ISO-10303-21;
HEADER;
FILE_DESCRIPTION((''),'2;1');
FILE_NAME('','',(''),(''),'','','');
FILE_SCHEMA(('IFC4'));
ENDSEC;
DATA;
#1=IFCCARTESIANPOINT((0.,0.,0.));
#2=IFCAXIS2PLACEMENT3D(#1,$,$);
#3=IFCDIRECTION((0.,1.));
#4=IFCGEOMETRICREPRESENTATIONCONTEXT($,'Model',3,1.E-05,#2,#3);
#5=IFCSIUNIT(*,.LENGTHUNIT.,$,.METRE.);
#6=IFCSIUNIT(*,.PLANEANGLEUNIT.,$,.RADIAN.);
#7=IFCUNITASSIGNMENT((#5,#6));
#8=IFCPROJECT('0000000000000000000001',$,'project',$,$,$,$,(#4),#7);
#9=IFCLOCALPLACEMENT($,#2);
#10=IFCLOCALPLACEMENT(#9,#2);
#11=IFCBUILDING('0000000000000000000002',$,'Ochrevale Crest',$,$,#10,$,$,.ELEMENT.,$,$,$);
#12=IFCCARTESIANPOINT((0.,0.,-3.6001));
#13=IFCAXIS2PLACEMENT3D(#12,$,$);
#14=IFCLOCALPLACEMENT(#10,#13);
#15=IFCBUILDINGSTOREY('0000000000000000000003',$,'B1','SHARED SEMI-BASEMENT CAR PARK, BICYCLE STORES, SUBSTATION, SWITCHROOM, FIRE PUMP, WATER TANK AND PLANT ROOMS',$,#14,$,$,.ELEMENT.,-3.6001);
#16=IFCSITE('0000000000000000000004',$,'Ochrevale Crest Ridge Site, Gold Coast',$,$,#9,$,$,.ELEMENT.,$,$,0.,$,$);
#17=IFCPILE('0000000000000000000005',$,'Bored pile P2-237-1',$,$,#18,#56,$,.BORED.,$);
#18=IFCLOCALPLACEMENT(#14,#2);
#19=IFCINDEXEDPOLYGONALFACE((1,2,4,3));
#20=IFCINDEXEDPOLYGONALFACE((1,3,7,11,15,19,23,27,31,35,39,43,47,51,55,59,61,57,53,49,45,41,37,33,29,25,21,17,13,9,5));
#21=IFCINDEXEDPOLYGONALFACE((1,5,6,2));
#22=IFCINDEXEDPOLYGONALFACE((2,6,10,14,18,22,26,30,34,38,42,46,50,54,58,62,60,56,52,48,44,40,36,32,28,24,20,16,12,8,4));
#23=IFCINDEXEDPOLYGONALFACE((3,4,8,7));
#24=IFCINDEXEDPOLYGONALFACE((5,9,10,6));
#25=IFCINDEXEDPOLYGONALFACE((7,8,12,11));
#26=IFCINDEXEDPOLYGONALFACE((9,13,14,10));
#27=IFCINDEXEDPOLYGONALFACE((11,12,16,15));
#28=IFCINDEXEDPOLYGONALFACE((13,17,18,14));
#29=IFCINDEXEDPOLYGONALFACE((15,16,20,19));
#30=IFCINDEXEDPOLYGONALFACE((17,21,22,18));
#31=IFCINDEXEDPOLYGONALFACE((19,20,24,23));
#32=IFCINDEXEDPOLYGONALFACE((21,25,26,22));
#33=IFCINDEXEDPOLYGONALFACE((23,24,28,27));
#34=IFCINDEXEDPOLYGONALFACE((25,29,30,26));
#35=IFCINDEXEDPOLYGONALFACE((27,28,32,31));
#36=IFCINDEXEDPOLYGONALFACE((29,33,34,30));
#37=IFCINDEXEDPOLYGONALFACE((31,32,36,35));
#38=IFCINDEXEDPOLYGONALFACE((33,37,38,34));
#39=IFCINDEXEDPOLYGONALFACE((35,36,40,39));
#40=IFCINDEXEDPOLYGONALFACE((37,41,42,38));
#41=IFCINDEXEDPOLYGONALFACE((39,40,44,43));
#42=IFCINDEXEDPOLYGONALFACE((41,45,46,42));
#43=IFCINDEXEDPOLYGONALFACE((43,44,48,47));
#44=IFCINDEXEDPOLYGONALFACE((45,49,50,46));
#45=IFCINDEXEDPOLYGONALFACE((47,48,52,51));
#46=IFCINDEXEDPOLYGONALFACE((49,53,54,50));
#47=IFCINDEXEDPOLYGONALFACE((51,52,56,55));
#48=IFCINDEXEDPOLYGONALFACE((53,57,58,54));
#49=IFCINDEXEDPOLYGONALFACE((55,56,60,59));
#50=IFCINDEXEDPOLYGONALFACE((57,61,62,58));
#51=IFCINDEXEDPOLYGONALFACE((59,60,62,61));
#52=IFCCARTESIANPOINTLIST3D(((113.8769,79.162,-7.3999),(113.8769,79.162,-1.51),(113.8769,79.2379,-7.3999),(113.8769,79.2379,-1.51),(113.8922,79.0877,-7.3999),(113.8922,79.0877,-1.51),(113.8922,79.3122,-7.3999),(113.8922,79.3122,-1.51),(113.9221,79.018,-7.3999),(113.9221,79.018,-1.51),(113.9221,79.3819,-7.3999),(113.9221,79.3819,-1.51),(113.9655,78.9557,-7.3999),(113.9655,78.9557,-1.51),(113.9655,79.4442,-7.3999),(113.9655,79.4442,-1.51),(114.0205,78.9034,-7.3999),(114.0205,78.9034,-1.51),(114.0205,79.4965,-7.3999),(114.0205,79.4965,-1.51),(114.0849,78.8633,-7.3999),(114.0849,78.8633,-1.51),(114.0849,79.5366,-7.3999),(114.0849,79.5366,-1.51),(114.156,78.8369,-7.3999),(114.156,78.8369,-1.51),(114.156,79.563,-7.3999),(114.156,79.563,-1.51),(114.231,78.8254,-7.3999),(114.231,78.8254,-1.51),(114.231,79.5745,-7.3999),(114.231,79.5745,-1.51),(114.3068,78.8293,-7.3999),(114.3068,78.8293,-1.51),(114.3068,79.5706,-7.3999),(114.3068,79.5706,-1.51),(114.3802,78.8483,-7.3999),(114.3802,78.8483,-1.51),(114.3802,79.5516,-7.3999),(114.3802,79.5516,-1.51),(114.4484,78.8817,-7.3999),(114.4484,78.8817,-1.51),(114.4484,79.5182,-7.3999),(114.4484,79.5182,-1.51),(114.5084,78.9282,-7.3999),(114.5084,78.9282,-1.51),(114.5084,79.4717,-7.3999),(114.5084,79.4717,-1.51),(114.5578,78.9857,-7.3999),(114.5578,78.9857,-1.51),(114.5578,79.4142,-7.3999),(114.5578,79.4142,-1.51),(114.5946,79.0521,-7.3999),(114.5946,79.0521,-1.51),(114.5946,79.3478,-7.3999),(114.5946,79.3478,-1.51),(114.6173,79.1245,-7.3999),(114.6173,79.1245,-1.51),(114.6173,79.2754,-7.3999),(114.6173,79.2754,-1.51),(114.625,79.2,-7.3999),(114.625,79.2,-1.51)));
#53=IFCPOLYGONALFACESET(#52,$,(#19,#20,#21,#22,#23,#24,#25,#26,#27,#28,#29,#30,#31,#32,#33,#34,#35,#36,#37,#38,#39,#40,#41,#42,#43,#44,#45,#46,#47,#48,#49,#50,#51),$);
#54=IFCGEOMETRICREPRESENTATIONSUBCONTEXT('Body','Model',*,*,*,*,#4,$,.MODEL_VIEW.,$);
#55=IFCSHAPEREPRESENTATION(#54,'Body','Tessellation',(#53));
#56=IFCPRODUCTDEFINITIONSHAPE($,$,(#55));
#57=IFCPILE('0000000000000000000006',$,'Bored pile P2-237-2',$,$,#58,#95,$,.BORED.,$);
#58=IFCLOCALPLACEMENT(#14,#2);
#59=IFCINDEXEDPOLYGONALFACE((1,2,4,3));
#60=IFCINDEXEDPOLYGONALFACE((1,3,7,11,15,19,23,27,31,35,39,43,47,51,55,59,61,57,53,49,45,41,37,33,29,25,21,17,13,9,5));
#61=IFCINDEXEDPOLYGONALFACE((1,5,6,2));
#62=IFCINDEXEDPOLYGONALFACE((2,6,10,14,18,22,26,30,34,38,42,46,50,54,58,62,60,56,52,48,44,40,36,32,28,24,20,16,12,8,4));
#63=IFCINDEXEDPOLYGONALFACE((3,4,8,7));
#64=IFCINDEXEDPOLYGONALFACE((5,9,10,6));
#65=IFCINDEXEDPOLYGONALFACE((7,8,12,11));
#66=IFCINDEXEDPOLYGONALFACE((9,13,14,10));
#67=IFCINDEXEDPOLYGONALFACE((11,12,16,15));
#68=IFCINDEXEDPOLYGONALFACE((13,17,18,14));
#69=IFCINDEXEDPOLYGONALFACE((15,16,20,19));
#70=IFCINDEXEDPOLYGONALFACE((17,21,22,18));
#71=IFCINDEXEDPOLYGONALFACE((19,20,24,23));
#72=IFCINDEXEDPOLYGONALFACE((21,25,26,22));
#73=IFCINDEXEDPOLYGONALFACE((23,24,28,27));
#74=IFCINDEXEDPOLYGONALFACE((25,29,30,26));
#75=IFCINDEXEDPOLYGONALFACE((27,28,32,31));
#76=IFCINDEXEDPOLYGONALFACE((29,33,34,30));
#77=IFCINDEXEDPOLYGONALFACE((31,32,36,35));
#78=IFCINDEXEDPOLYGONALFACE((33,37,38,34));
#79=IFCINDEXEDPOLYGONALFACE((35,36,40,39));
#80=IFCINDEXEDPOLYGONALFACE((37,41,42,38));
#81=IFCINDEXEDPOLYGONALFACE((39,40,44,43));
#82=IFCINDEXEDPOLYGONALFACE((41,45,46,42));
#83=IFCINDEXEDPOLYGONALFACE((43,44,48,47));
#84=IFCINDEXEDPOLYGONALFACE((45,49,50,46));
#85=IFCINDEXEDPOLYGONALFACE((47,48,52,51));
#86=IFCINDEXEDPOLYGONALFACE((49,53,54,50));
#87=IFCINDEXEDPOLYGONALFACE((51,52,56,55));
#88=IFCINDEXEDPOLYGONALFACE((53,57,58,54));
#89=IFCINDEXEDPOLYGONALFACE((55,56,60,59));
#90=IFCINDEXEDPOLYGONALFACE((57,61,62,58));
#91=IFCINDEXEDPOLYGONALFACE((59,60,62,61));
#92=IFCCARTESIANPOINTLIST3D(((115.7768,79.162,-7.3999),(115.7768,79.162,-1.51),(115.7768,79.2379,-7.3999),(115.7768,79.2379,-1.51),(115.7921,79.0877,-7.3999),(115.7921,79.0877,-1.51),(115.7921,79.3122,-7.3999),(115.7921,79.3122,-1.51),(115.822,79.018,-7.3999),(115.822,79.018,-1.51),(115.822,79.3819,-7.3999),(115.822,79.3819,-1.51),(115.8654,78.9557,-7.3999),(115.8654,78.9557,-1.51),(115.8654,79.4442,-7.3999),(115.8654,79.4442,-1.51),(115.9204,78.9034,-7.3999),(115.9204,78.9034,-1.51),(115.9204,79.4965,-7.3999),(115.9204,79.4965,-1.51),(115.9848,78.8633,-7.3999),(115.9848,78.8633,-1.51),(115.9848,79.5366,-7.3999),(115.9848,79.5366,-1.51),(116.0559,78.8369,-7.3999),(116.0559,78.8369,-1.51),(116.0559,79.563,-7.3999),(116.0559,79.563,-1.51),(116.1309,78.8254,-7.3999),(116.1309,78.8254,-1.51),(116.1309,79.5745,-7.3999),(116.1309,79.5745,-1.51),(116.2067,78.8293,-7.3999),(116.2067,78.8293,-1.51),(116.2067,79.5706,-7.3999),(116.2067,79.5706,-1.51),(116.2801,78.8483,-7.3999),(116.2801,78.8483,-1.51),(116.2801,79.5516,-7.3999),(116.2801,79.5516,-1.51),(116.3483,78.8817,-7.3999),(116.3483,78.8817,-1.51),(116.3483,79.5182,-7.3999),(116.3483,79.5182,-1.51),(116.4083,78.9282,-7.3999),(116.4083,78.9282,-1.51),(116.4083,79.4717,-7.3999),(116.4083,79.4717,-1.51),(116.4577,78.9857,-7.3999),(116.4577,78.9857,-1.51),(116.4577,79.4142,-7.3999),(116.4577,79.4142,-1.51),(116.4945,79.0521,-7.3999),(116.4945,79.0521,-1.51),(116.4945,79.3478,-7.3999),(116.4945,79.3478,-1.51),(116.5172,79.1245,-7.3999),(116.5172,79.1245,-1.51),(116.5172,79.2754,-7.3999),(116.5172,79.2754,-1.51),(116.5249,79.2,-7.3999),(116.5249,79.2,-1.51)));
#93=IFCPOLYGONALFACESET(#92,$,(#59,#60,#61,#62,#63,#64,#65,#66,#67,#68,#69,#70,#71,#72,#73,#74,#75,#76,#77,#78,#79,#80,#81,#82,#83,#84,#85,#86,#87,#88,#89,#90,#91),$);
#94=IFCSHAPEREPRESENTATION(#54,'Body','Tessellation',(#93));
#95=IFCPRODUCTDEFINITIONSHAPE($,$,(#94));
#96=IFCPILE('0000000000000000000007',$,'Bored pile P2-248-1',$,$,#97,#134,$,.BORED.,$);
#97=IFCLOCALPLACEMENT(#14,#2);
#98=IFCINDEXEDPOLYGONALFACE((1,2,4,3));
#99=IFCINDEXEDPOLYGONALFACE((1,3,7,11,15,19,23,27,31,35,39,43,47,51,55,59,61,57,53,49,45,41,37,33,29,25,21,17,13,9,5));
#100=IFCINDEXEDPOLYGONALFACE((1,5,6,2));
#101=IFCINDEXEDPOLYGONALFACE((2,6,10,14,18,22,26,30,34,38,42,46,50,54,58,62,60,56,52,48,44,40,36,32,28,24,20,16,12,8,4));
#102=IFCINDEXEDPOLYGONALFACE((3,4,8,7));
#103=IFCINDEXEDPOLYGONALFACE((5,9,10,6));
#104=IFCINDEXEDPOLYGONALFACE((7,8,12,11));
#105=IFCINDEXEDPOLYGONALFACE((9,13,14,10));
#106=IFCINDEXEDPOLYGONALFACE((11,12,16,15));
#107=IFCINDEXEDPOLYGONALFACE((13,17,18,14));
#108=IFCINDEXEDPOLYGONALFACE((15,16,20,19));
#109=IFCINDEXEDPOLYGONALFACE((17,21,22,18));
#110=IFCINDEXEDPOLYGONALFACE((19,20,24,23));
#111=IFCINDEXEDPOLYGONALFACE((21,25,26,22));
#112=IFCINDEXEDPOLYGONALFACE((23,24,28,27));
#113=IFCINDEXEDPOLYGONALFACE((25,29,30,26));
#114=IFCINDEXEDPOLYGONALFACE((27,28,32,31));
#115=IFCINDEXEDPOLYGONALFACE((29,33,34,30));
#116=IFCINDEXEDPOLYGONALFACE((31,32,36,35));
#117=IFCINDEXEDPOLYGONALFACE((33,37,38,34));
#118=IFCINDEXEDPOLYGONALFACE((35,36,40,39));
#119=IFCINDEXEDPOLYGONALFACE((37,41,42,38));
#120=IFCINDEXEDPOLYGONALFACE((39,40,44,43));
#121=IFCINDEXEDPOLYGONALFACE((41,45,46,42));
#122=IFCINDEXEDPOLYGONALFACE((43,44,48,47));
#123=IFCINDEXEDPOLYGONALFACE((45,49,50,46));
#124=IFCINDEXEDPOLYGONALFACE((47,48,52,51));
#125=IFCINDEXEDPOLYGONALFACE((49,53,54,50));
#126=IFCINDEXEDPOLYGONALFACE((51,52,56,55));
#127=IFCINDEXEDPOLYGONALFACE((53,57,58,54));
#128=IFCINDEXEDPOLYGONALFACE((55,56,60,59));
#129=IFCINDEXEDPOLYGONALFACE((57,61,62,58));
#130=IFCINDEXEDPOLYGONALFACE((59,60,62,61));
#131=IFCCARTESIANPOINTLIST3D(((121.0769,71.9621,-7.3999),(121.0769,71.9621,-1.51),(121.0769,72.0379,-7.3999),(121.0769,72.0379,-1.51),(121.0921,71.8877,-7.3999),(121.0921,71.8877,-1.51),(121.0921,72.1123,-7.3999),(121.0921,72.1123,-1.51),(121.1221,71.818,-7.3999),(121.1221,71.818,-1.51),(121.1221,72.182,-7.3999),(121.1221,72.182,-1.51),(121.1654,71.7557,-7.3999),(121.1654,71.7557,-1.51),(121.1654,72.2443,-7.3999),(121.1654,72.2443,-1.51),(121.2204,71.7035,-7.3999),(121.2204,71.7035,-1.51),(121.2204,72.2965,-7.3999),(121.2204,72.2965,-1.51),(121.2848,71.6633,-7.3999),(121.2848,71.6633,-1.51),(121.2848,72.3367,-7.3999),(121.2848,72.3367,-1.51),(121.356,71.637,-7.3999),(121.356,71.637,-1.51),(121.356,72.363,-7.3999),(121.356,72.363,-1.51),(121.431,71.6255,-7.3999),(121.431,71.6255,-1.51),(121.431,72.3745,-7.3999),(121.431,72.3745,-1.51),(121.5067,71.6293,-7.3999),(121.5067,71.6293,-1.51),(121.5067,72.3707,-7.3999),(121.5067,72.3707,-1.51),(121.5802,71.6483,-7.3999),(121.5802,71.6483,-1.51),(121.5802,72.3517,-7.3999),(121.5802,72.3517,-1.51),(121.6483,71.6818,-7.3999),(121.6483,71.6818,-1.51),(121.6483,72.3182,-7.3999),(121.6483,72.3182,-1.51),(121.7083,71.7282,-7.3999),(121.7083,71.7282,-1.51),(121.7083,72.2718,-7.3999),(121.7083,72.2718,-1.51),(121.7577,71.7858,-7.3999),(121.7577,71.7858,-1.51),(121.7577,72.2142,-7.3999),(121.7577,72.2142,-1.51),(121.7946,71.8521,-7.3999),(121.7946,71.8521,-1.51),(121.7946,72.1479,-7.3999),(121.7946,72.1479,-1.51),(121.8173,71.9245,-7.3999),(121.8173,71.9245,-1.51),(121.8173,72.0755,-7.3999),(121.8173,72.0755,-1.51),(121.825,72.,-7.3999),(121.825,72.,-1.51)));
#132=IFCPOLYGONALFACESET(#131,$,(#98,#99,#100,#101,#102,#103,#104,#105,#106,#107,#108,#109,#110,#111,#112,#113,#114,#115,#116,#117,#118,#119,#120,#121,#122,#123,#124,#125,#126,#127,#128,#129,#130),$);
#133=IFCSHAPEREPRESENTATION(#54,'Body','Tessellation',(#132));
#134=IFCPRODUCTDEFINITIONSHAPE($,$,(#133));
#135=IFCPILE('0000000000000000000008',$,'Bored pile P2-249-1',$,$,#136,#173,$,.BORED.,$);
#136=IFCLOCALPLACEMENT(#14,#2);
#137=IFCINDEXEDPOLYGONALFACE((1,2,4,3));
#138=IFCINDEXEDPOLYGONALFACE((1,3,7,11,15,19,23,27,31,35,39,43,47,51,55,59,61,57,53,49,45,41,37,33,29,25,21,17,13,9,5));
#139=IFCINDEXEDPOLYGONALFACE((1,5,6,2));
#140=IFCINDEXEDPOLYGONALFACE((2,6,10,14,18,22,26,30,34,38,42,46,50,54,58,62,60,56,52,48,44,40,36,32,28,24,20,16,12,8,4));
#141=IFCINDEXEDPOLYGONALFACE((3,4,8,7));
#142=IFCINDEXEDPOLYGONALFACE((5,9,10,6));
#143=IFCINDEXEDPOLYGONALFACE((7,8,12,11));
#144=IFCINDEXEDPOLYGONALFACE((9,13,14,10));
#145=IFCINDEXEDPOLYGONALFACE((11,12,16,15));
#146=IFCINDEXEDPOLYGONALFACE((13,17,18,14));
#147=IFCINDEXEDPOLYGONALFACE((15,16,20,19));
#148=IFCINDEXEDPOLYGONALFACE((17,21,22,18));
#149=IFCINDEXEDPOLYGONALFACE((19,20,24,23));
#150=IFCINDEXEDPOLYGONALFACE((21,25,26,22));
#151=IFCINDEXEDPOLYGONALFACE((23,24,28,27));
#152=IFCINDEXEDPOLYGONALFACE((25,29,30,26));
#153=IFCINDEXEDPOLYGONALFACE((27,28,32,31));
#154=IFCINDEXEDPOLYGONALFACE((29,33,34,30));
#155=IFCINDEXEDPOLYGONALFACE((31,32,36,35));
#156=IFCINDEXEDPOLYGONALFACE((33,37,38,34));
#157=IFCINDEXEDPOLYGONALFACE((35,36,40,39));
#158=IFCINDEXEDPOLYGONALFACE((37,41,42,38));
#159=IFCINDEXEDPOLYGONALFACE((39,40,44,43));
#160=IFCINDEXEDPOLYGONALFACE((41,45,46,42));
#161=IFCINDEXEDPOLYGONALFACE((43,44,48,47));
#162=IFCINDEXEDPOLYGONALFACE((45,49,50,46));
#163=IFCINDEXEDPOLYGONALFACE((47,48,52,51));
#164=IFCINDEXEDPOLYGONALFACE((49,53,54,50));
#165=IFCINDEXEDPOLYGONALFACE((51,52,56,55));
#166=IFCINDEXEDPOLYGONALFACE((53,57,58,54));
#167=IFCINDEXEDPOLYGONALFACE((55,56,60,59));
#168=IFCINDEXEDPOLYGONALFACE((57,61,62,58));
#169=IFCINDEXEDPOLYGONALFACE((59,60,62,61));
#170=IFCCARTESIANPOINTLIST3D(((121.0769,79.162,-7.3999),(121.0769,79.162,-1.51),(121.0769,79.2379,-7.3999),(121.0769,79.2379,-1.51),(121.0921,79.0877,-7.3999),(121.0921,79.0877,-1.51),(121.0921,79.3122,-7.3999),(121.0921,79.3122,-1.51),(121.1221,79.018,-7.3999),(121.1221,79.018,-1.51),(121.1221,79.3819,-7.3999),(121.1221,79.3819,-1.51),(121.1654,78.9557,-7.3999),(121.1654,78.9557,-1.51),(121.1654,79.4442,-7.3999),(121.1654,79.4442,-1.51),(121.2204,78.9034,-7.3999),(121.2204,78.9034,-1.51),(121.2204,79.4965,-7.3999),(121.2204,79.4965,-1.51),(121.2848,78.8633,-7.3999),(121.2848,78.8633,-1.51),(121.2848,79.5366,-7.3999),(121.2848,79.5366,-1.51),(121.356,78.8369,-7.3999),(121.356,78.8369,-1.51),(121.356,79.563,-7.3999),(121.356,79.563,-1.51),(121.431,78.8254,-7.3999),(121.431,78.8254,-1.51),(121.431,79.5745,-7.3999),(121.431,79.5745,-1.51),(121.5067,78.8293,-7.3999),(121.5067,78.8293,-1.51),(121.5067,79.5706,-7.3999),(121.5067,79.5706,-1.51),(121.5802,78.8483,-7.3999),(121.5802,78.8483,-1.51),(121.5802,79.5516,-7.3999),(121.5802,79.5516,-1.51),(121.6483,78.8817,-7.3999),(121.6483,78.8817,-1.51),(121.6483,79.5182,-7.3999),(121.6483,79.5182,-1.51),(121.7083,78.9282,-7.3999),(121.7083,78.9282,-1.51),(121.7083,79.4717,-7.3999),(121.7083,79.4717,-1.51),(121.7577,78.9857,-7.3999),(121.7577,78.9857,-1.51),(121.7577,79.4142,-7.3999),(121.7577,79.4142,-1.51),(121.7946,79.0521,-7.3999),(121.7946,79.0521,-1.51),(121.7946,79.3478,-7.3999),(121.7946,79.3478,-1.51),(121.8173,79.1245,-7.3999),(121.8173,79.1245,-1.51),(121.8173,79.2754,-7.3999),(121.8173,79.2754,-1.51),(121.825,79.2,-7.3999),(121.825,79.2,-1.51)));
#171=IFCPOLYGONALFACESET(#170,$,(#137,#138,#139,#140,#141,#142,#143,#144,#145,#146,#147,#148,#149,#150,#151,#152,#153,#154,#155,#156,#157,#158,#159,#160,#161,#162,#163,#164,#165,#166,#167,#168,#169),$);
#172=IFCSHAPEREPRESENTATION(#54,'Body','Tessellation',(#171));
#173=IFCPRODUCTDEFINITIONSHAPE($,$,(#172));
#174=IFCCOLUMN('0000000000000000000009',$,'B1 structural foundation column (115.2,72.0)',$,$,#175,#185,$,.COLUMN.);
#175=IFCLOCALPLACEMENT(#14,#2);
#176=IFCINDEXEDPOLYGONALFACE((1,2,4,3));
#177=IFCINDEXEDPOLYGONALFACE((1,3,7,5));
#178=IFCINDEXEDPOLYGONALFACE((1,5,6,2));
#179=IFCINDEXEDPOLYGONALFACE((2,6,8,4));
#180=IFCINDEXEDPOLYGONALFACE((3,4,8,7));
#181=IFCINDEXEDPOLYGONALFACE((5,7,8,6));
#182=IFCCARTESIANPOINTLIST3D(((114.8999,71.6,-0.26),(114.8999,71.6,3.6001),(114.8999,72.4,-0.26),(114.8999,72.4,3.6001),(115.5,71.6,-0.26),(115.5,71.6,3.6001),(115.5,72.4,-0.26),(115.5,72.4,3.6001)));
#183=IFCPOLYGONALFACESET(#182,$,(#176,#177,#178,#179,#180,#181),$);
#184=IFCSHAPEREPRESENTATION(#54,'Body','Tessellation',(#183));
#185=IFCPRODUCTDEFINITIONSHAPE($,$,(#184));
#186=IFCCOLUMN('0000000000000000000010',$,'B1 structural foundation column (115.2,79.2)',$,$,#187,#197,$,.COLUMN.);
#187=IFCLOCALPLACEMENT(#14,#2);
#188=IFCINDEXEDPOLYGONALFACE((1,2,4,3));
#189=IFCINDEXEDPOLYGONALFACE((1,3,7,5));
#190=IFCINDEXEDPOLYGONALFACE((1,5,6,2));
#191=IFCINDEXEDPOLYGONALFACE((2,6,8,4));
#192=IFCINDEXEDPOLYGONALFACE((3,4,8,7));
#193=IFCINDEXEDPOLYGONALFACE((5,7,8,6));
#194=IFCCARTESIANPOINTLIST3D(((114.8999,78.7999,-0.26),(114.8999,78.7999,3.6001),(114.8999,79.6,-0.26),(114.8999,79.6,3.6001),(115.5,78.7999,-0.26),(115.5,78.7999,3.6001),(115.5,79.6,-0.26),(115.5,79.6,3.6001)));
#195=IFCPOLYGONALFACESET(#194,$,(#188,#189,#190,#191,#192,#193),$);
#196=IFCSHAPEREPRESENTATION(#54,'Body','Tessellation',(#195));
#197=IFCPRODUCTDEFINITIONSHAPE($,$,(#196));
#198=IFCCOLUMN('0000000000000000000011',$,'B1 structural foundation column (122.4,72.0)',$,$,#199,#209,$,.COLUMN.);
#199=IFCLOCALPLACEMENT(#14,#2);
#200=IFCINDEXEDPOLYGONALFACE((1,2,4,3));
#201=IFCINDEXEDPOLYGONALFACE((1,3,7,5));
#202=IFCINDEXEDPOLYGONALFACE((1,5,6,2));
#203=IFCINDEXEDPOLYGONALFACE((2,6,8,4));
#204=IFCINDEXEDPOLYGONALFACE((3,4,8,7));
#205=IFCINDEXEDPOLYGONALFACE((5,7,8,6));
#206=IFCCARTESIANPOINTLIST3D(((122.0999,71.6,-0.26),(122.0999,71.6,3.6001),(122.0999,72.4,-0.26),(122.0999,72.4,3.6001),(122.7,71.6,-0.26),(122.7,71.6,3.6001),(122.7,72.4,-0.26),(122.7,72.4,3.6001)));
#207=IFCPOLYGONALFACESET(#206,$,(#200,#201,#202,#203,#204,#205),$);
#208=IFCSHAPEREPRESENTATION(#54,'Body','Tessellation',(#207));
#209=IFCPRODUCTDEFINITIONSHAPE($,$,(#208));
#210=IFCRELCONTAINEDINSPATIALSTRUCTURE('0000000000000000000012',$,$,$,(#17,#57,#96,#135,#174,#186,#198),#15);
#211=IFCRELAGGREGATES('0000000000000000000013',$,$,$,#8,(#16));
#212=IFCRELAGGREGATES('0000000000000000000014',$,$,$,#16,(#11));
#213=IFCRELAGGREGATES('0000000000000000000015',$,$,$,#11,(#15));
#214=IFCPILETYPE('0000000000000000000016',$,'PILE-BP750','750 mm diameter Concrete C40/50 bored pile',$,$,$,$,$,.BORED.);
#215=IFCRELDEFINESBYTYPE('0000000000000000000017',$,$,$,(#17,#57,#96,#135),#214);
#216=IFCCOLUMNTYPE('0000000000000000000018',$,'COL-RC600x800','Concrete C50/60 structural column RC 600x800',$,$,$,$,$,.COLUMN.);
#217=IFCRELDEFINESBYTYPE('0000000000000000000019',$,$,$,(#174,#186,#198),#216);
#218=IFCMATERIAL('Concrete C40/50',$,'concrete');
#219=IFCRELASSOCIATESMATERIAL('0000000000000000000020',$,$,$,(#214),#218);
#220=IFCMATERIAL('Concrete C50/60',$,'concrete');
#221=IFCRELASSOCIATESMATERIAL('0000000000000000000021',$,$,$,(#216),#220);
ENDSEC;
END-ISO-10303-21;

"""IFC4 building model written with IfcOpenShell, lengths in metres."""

from ifc_helpers import new_model, si_unit, direction, frame, origin, origin_2d, place, context, subcontext, project, spatial, rectangle, circle, extrude, material, material_profile, profile_set, type_object, element, save


model = new_model("IFC4")

# Units and contexts
model_context = context("Model", 3, precision=1e-05, world=origin(), true_north=direction((0.0, 1.0)))
body_context = subcontext(model_context, "Body", "Model", "MODEL_VIEW")
ifc_project = project(units=[si_unit("LENGTHUNIT", "METRE"), si_unit("PLANEANGLEUNIT", "RADIAN")], contexts=[model_context])

# Site, building, storey
site_placement = place(None, origin())
site = spatial("IfcSite", under=ifc_project, at=site_placement, Name="Ochrevale Crest Ridge Site, Gold Coast", CompositionType="ELEMENT", RefElevation=0.0)
building_placement = place(site_placement, origin())
building = spatial("IfcBuilding", under=site, at=building_placement, Name="Ochrevale Crest", CompositionType="ELEMENT")
storey_placement = place(building_placement, frame((0.0, 0.0, -3.6001)))
storey = spatial("IfcBuildingStorey", under=building, at=storey_placement, Name="B1", Description="SHARED SEMI-BASEMENT CAR PARK, BICYCLE STORES, SUBSTATION, SWITCHROOM, FIRE PUMP, WATER TANK AND PLANT ROOMS", CompositionType="ELEMENT", Elevation=-3.6001)

# Shared definitions
ifc_material_1 = material(Name="Concrete C40/50", Category="concrete")

# Piles
ifc_material_profile_1 = material_profile(ifc_material_1, circle(Radius=0.375, at=origin_2d()), Name="BORED PILE 750")
ifc_profile_set_1 = profile_set([ifc_material_profile_1], Name="Concrete C40/50")
pile_type = type_object("IfcPileType", Name="PILE-BP750", Description="750 mm diameter Concrete C40/50 bored pile", PredefinedType="BORED", material=ifc_profile_set_1)
for number, where, z_axis, x_axis, name in (
    (1, (114.25, 79.2, -1.51), (0.0, 0.0, -1.0), (1.0, 0.0, 0.0), "Bored pile P2-237-1"),
    (2, (116.1499, 79.2, -1.51), (0.0, 0.0, -1.0), (1.0, 0.0, 0.0), "Bored pile P2-237-2"),
    (3, (121.45, 72.0, -1.51), (0.0, 0.0, -1.0), (1.0, 0.0, 0.0), "Bored pile P2-248-1"),
    (4, (121.45, 79.2, -1.51), (0.0, 0.0, -1.0), (1.0, 0.0, 0.0), "Bored pile P2-249-1"),
):
    element("IfcPile", number, at=place(storey_placement, frame(where, z_axis=z_axis, x_axis=x_axis)), inside=storey, type_object=pile_type, Name=name, PredefinedType="BORED", context=body_context, shape_type="SweptSolid", body=[
        extrude(circle(Radius=0.375, at=origin_2d()), origin(), (0.0, 0.0, 1.0), 5.8899),
    ])

# Columns
ifc_material_2 = material(Name="Concrete C50/60", Category="concrete")
ifc_material_profile_2 = material_profile(ifc_material_2, rectangle(XDim=0.6001, YDim=0.8, at=origin_2d()), Name="RC 600x800")
ifc_profile_set_2 = profile_set([ifc_material_profile_2], Name="Concrete C50/60")
column_type = type_object("IfcColumnType", Name="COL-RC600x800", Description="Concrete C50/60 structural column RC 600x800", PredefinedType="COLUMN", material=ifc_profile_set_2)
for number, where, z_axis, x_axis, name in (
    (5, (115.2, 72.0, -0.26), (0.0, 0.0, 1.0), (1.0, 0.0, 0.0), "B1 structural foundation column (115.2,72.0)"),
    (6, (115.2, 79.2, -0.26), (0.0, 0.0, 1.0), (1.0, 0.0, 0.0), "B1 structural foundation column (115.2,79.2)"),
    (7, (122.3999, 72.0, -0.26), (0.0, 0.0, 1.0), (1.0, 0.0, 0.0), "B1 structural foundation column (122.4,72.0)"),
):
    element("IfcColumn", number, at=place(storey_placement, frame(where, z_axis=z_axis, x_axis=x_axis)), inside=storey, type_object=column_type, Name=name, PredefinedType="COLUMN", context=body_context, shape_type="SweptSolid", body=[
        extrude(rectangle(XDim=0.6001, YDim=0.8, at=origin_2d()), origin(), (0.0, 0.0, 1.0), 3.8601),
    ])

save(model, "model.ifc")
